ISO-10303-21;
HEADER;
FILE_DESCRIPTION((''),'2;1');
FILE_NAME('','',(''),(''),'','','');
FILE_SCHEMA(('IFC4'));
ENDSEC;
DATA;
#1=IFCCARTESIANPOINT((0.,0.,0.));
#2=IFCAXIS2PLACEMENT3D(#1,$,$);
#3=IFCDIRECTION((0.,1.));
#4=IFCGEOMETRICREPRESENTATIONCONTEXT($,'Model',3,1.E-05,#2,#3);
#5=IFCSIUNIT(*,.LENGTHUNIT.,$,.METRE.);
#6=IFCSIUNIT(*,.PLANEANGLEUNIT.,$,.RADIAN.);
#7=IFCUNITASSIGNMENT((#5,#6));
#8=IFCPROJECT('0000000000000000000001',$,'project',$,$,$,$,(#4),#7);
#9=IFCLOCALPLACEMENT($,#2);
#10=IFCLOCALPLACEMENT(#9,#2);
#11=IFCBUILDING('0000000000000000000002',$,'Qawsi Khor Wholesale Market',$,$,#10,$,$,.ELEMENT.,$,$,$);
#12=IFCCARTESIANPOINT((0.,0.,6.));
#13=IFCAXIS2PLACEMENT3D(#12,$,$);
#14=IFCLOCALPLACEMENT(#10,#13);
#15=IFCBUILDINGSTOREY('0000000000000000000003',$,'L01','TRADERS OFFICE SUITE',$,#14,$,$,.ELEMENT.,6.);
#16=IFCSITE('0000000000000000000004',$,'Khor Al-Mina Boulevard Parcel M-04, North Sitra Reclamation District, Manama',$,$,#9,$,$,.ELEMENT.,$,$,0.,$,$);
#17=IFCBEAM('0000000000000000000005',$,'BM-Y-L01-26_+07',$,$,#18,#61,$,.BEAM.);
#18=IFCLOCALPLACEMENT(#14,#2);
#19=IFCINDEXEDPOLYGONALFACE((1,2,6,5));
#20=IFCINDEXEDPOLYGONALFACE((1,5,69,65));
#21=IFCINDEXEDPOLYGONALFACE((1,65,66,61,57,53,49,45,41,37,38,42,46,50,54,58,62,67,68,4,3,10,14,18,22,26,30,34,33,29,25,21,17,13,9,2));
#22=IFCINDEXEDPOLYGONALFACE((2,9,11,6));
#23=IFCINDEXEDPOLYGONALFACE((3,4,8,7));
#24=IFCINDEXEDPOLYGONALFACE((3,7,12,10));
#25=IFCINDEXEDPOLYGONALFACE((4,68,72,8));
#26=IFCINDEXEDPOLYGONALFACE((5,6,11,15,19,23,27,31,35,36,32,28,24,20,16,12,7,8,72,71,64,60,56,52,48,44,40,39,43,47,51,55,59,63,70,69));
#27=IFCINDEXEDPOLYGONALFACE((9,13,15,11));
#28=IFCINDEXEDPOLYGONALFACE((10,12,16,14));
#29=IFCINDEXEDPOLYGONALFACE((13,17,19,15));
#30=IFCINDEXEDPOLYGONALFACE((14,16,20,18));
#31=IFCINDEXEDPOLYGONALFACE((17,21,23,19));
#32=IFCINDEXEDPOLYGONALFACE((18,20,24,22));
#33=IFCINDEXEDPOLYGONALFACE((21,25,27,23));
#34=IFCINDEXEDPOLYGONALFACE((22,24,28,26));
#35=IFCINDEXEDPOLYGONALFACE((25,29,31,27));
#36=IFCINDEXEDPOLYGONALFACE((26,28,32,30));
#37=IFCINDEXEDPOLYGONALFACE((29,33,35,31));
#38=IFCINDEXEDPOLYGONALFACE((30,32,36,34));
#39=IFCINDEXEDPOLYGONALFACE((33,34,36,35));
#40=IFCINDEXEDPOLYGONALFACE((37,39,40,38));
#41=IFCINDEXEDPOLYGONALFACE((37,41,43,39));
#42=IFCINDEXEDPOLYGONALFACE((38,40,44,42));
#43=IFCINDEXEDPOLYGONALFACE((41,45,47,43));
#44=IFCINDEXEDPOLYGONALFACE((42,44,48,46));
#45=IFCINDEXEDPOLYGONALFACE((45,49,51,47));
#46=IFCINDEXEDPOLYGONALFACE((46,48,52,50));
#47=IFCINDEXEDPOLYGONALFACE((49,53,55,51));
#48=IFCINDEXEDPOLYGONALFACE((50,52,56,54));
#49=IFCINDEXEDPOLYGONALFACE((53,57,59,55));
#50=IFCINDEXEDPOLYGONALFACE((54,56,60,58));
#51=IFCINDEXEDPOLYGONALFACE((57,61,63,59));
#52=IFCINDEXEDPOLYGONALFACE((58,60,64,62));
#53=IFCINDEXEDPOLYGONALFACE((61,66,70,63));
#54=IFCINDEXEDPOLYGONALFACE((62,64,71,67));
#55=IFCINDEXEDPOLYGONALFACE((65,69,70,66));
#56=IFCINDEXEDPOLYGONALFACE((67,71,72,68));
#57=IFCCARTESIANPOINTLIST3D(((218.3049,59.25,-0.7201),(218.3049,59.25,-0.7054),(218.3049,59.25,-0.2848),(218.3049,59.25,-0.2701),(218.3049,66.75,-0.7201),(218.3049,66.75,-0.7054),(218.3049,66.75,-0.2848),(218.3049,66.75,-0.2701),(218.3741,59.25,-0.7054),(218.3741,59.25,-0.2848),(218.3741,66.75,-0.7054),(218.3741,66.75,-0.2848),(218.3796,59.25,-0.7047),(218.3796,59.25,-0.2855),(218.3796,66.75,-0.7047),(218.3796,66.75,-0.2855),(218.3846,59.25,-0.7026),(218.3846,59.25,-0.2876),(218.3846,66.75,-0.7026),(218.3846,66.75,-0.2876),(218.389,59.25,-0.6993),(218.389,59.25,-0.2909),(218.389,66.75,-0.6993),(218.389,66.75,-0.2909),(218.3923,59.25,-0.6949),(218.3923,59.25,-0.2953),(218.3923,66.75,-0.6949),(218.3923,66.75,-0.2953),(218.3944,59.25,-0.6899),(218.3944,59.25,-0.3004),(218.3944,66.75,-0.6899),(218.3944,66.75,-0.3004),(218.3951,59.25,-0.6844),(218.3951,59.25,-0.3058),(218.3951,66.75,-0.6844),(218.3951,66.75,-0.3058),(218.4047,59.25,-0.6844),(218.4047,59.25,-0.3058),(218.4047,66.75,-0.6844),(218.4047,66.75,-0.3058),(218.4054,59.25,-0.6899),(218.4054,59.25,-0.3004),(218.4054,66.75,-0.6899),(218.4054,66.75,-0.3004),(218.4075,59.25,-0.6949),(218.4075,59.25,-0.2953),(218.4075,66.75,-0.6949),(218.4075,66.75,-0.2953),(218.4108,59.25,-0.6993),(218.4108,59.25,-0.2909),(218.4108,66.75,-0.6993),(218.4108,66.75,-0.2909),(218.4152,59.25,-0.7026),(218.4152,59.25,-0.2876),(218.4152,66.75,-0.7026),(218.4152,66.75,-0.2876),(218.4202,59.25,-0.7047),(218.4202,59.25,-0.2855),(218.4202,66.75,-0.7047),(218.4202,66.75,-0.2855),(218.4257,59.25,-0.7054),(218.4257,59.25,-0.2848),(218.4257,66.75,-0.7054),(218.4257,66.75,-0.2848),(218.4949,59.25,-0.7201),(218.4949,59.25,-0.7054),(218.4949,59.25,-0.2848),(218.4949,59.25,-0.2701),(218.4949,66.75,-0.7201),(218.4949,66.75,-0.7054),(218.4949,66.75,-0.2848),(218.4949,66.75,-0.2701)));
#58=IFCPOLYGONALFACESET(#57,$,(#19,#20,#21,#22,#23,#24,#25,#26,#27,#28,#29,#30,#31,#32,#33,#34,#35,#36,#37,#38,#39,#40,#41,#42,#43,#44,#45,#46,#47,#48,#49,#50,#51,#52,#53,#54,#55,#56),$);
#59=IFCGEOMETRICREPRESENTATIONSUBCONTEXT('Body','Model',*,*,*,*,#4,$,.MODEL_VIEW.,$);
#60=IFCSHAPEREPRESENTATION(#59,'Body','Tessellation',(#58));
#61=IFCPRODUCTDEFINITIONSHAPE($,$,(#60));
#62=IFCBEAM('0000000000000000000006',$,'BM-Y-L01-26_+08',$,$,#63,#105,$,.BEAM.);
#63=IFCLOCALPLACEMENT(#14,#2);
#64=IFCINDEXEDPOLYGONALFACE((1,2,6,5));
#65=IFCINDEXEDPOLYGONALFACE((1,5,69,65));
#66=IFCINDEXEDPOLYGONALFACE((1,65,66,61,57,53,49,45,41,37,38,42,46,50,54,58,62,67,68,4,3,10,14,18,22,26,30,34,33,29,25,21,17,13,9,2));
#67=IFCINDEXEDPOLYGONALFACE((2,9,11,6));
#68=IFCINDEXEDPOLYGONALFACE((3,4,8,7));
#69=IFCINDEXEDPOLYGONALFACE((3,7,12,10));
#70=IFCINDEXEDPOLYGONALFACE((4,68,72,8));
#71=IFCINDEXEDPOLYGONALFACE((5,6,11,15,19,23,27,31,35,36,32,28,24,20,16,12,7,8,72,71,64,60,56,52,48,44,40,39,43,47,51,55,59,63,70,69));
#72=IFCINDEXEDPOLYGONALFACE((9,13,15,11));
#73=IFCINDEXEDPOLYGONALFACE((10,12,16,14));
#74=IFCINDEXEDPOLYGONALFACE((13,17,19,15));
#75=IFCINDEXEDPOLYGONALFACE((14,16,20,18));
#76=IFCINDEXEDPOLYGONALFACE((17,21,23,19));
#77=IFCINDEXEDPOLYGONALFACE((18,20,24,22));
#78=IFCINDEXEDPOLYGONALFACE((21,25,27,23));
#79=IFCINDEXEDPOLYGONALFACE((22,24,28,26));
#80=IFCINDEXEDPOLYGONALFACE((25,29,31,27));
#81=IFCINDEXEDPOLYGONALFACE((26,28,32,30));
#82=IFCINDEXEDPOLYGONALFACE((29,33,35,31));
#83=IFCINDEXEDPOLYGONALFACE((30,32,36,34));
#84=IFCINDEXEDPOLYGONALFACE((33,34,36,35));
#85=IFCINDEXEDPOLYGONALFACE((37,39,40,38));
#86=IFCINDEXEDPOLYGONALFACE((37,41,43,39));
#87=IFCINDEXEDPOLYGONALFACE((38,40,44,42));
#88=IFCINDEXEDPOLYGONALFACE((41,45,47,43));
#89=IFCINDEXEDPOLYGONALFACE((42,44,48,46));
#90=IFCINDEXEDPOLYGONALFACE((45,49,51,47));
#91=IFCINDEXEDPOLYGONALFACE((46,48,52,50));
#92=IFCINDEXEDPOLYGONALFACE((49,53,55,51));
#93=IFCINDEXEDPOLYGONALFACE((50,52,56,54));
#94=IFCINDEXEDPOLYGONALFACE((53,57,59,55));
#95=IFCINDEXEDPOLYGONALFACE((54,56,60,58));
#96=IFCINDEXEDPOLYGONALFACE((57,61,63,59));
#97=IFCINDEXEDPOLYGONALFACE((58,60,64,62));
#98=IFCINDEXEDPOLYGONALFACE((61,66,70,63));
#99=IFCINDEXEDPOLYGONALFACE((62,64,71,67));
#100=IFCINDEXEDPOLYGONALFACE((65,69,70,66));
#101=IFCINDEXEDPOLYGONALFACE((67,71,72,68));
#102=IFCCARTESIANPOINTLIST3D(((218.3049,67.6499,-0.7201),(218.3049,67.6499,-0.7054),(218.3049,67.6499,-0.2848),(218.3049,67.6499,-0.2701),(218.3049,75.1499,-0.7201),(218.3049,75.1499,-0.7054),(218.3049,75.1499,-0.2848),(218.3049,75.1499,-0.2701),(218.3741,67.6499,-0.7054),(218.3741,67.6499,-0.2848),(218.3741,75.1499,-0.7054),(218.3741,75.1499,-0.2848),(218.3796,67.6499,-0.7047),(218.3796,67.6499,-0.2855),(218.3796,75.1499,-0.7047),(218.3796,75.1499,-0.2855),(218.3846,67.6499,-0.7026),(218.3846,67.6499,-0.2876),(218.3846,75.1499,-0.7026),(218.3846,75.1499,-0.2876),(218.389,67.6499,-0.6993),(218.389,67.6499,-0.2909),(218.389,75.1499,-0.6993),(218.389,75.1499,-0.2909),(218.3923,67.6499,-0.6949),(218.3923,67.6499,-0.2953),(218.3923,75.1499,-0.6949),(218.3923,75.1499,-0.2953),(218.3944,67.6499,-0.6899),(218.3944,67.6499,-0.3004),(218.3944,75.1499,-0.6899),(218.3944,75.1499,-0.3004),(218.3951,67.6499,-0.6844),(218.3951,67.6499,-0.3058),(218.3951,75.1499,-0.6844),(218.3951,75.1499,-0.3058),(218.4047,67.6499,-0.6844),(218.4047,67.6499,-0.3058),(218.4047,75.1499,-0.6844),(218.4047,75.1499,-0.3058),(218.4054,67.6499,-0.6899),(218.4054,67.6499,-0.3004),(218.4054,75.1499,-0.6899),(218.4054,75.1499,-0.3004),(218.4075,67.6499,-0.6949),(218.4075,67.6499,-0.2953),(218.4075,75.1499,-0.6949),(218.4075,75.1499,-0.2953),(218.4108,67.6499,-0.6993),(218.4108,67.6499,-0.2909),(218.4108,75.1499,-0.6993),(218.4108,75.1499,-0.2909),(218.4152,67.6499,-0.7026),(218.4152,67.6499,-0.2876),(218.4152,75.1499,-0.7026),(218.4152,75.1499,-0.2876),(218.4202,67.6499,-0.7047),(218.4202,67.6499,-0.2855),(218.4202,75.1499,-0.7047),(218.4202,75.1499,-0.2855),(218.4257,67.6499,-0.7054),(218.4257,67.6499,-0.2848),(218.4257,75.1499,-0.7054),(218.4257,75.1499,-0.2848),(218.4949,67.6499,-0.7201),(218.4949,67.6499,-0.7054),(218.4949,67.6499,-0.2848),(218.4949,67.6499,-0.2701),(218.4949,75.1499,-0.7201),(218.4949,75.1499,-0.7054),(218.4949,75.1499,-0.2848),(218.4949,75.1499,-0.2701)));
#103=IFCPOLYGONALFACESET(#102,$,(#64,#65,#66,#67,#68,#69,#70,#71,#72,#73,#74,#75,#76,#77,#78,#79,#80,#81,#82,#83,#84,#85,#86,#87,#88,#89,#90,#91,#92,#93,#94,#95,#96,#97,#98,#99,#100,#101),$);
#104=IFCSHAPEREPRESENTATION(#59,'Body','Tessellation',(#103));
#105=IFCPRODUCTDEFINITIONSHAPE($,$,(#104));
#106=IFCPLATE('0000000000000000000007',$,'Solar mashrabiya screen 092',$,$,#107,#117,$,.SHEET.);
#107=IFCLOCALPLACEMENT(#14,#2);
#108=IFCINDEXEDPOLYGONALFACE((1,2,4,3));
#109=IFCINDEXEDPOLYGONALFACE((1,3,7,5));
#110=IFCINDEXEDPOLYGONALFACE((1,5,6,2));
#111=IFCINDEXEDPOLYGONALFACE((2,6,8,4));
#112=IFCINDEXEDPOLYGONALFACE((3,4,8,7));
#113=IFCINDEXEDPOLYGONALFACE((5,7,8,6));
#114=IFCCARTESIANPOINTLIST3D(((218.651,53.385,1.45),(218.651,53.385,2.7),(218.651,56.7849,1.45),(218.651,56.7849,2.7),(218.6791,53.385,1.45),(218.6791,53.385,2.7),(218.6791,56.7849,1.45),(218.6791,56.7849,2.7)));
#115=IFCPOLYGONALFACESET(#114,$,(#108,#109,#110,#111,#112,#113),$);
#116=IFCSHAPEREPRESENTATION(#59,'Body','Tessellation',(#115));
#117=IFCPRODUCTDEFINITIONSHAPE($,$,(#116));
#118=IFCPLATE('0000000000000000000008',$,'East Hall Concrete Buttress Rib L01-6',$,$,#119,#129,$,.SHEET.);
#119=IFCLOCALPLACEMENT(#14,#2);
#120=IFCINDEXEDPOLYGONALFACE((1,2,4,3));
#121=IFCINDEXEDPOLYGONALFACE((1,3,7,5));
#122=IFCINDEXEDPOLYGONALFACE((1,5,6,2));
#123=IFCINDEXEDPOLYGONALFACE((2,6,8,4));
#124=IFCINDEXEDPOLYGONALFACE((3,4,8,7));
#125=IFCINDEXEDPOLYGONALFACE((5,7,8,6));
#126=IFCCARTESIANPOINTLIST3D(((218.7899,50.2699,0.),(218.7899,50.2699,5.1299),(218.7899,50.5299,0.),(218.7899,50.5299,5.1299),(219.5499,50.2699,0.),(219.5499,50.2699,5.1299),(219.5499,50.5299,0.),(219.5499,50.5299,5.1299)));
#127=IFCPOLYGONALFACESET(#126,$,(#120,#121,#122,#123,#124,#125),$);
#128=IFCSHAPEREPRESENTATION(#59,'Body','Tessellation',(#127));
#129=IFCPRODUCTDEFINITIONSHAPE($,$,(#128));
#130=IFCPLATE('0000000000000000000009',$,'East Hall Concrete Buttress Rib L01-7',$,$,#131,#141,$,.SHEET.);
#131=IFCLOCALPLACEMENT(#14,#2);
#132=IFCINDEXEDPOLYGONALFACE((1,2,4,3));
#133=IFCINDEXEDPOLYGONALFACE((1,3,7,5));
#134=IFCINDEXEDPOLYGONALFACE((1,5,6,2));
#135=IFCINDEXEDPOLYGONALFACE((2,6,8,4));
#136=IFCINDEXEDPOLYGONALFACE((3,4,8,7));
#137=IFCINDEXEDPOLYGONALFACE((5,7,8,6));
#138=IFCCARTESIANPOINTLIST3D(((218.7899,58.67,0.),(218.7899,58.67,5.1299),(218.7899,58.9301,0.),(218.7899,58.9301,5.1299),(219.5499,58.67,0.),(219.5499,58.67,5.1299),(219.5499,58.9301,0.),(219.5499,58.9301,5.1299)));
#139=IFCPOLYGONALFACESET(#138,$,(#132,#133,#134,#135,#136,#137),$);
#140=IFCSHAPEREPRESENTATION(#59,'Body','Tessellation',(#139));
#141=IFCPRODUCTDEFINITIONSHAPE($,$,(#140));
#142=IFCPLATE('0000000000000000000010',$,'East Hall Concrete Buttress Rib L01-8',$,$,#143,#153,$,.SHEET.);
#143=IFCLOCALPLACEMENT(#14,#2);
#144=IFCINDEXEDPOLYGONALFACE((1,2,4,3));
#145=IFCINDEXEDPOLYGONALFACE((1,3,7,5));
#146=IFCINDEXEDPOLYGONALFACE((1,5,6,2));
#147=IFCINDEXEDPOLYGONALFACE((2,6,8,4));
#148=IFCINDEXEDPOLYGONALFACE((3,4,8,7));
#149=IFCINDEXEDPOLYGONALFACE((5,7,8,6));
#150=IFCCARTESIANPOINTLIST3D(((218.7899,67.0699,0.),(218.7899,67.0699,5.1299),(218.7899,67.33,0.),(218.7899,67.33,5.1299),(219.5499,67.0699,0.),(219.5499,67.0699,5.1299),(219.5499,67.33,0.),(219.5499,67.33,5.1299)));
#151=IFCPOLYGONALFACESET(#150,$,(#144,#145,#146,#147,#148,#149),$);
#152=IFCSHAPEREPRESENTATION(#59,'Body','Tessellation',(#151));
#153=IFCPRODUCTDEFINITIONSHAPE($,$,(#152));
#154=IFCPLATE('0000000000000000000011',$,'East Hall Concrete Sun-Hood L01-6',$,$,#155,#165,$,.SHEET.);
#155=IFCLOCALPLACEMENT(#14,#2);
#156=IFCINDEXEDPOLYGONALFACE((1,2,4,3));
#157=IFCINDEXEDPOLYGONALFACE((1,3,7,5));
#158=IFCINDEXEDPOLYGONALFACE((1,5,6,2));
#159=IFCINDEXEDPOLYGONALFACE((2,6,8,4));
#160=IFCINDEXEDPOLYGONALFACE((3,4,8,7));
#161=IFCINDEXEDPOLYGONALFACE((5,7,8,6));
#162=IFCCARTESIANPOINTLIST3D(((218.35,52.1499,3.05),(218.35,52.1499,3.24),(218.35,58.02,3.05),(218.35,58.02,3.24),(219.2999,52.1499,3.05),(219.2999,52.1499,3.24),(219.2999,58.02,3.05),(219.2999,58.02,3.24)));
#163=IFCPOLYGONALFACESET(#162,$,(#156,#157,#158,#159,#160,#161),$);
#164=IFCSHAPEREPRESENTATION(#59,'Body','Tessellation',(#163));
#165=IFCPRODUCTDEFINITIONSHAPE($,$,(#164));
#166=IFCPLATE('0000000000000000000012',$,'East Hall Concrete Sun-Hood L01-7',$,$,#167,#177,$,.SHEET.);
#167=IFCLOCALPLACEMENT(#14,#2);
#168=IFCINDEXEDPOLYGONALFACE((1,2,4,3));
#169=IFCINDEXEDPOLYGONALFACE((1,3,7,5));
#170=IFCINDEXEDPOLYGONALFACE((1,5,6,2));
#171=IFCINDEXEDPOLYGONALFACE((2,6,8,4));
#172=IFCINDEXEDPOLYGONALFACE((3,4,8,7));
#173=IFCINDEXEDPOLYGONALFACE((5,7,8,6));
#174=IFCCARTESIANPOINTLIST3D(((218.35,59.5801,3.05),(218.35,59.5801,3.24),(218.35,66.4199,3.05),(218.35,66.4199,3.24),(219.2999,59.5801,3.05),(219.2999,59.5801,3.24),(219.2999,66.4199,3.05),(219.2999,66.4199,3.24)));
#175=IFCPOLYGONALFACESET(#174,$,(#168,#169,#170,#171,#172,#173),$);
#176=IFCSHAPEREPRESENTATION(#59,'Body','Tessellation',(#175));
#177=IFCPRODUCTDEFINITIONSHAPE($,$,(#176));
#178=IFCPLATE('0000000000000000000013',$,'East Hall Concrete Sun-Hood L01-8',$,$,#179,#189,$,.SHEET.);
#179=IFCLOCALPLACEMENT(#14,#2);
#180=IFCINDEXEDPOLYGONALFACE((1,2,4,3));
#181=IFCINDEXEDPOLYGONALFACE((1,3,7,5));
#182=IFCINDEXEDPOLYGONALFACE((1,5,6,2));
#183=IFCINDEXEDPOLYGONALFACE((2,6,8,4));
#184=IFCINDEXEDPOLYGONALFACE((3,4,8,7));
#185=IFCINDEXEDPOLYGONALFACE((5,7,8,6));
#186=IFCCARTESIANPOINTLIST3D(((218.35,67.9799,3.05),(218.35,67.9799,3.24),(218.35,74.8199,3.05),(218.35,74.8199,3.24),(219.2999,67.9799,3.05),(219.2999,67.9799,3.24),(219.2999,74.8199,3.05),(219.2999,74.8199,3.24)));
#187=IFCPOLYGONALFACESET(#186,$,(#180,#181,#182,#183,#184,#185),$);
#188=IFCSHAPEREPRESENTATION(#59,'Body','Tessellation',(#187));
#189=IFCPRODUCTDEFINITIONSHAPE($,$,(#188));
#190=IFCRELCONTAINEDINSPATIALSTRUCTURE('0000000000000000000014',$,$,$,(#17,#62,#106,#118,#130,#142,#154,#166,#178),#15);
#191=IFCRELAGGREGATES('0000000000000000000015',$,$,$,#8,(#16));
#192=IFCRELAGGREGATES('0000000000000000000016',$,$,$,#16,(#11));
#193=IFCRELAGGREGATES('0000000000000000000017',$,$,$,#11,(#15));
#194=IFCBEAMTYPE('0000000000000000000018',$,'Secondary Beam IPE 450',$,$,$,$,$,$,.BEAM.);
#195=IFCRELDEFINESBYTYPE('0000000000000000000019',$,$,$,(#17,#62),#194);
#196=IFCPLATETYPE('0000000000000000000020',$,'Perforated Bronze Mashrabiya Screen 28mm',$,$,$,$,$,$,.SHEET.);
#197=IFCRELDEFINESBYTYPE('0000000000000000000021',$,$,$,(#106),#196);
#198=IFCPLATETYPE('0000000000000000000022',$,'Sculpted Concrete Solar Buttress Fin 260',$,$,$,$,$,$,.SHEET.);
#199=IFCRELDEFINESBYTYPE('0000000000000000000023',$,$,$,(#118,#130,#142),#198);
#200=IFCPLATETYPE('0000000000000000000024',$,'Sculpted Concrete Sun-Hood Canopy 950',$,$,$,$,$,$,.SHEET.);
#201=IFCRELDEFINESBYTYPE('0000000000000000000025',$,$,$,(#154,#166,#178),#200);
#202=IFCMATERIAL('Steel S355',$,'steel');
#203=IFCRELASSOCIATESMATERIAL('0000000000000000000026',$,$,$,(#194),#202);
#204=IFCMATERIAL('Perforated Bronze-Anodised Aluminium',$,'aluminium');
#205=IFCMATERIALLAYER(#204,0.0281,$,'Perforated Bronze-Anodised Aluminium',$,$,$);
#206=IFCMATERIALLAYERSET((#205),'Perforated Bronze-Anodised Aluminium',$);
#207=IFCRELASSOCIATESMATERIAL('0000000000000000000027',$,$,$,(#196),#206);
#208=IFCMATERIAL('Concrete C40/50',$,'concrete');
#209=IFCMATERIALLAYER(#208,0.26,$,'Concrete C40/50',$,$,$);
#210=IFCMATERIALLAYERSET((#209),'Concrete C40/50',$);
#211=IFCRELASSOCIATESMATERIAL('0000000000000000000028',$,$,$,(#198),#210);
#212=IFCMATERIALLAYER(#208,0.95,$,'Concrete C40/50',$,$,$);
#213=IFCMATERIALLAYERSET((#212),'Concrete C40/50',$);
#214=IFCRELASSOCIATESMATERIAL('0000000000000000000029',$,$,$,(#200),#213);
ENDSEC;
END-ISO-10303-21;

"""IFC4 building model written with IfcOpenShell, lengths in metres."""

from ifc_helpers import new_model, si_unit, direction, frame, frame_2d, origin, origin_2d, place, context, subcontext, project, spatial, rectangle, i_section, extrude, material, layer, layer_set, material_profile, profile_set, type_object, element, save


model = new_model("IFC4")

# Units and contexts
model_context = context("Model", 3, precision=1e-05, world=origin(), true_north=direction((0.0, 1.0)))
body_context = subcontext(model_context, "Body", "Model", "MODEL_VIEW")
ifc_project = project(units=[si_unit("LENGTHUNIT", "METRE"), si_unit("PLANEANGLEUNIT", "RADIAN")], contexts=[model_context])

# Site, building, storey
site_placement = place(None, origin())
site = spatial("IfcSite", under=ifc_project, at=site_placement, Name="Khor Al-Mina Boulevard Parcel M-04, North Sitra Reclamation District, Manama", CompositionType="ELEMENT", RefElevation=0.0)
building_placement = place(site_placement, origin())
building = spatial("IfcBuilding", under=site, at=building_placement, Name="Qawsi Khor Wholesale Market", CompositionType="ELEMENT")
storey_placement = place(building_placement, frame((0.0, 0.0, 6.0)))
storey = spatial("IfcBuildingStorey", under=building, at=storey_placement, Name="L01", Description="TRADERS OFFICE SUITE", CompositionType="ELEMENT", Elevation=6.0)

# Shared definitions
ifc_material_1 = material(Name="Concrete C40/50", Category="concrete")

# Beams
ifc_material_2 = material(Name="Steel S355", Category="steel")
ifc_material_profile_1 = material_profile(ifc_material_2, i_section(OverallWidth=0.1899, OverallDepth=0.45, WebThickness=0.0095, FlangeThickness=0.0146, FilletRadius=0.021, at=origin_2d()), Name="IPE 450")
ifc_profile_set_1 = profile_set([ifc_material_profile_1], Name="Steel S355")
beam_type_1 = type_object("IfcBeamType", Name="Secondary Beam IPE 450", PredefinedType="BEAM", material=ifc_profile_set_1)
for number, where, z_axis, x_axis, name in (
    (1, (218.3999, 59.25, -0.4951), (0.0, 1.0, 0.0), (-1.0, 0.0, 0.0), "BM-Y-L01-26_+07"),
    (2, (218.3999, 67.6499, -0.4951), (0.0, 1.0, 0.0), (-1.0, 0.0, 0.0), "BM-Y-L01-26_+08"),
):
    element("IfcBeam", number, at=place(storey_placement, frame(where, z_axis=z_axis, x_axis=x_axis)), inside=storey, type_object=beam_type_1, Name=name, PredefinedType="BEAM", context=body_context, shape_type="SweptSolid", body=[
        extrude(i_section(OverallWidth=0.1899, OverallDepth=0.45, WebThickness=0.0095, FlangeThickness=0.0146, FilletRadius=0.021, at=origin_2d()), origin(), (0.0, 0.0, 1.0), 7.5),
    ])

# Plates
ifc_material_3 = material(Name="Perforated Bronze-Anodised Aluminium", Category="aluminium")
ifc_layer_1 = layer(ifc_material_3, 0.0281, Name="Perforated Bronze-Anodised Aluminium")
ifc_layer_set_1 = layer_set([ifc_layer_1], Name="Perforated Bronze-Anodised Aluminium")
plate_type_1 = type_object("IfcPlateType", Name="Perforated Bronze Mashrabiya Screen 28mm", PredefinedType="SHEET", material=ifc_layer_set_1)
plate_1_placement = place(storey_placement, frame((218.665, 56.7849, 1.45), z_axis=(0.0, 0.0, 1.0), x_axis=(0.0, -1.0, 0.0)))
element("IfcPlate", 3, at=plate_1_placement, inside=storey, type_object=plate_type_1, Name="Solar mashrabiya screen 092", PredefinedType="SHEET", context=body_context, shape_type="SweptSolid", body=[
    extrude(rectangle(XDim=3.3999, YDim=0.0281, at=frame_2d((1.7, 0.0))), origin(), (0.0, 0.0, 1.0), 1.25),
])
ifc_layer_2 = layer(ifc_material_1, 0.26, Name="Concrete C40/50")
ifc_layer_set_2 = layer_set([ifc_layer_2], Name="Concrete C40/50")
plate_type_2 = type_object("IfcPlateType", Name="Sculpted Concrete Solar Buttress Fin 260", PredefinedType="SHEET", material=ifc_layer_set_2)
for number, where, z_axis, x_axis, name in (
    (4, (218.79, 50.3999, 0.0), (0.0, 0.0, 1.0), (1.0, 0.0, 0.0), "East Hall Concrete Buttress Rib L01-6"),
    (5, (218.79, 58.8, 0.0), (0.0, 0.0, 1.0), (1.0, 0.0, 0.0), "East Hall Concrete Buttress Rib L01-7"),
    (6, (218.79, 67.2, 0.0), (0.0, 0.0, 1.0), (1.0, 0.0, 0.0), "East Hall Concrete Buttress Rib L01-8"),
):
    element("IfcPlate", number, at=place(storey_placement, frame(where, z_axis=z_axis, x_axis=x_axis)), inside=storey, type_object=plate_type_2, Name=name, PredefinedType="SHEET", context=body_context, shape_type="SweptSolid", body=[
        extrude(rectangle(XDim=0.76, YDim=0.26, at=frame_2d((0.3799, 0.0))), origin(), (0.0, 0.0, 1.0), 5.1299),
    ])
ifc_layer_3 = layer(ifc_material_1, 0.95, Name="Concrete C40/50")
ifc_layer_set_3 = layer_set([ifc_layer_3], Name="Concrete C40/50")
plate_type_3 = type_object("IfcPlateType", Name="Sculpted Concrete Sun-Hood Canopy 950", PredefinedType="SHEET", material=ifc_layer_set_3)
plate_2_placement = place(storey_placement, frame((218.825, 52.1499, 3.05), z_axis=(0.0, 0.0, 1.0), x_axis=(0.0, 1.0, 0.0)))
element("IfcPlate", 7, at=plate_2_placement, inside=storey, type_object=plate_type_3, Name="East Hall Concrete Sun-Hood L01-6", PredefinedType="SHEET", context=body_context, shape_type="SweptSolid", body=[
    extrude(rectangle(XDim=5.8701, YDim=0.95, at=frame_2d((2.9351, 0.0))), origin(), (0.0, 0.0, 1.0), 0.1899),
])
plate_3_placement = place(storey_placement, frame((218.825, 59.5801, 3.05), z_axis=(0.0, 0.0, 1.0), x_axis=(0.0, 1.0, 0.0)))
element("IfcPlate", 8, at=plate_3_placement, inside=storey, type_object=plate_type_3, Name="East Hall Concrete Sun-Hood L01-7", PredefinedType="SHEET", context=body_context, shape_type="SweptSolid", body=[
    extrude(rectangle(XDim=6.8398, YDim=0.95, at=frame_2d((3.4199, 0.0))), origin(), (0.0, 0.0, 1.0), 0.1899),
])
plate_4_placement = place(storey_placement, frame((218.825, 67.98, 3.05), z_axis=(0.0, 0.0, 1.0), x_axis=(0.0, 1.0, 0.0)))
element("IfcPlate", 9, at=plate_4_placement, inside=storey, type_object=plate_type_3, Name="East Hall Concrete Sun-Hood L01-8", PredefinedType="SHEET", context=body_context, shape_type="SweptSolid", body=[
    extrude(rectangle(XDim=6.8401, YDim=0.95, at=frame_2d((3.4199, 0.0))), origin(), (0.0, 0.0, 1.0), 0.1899),
])

save(model, "model.ifc")
